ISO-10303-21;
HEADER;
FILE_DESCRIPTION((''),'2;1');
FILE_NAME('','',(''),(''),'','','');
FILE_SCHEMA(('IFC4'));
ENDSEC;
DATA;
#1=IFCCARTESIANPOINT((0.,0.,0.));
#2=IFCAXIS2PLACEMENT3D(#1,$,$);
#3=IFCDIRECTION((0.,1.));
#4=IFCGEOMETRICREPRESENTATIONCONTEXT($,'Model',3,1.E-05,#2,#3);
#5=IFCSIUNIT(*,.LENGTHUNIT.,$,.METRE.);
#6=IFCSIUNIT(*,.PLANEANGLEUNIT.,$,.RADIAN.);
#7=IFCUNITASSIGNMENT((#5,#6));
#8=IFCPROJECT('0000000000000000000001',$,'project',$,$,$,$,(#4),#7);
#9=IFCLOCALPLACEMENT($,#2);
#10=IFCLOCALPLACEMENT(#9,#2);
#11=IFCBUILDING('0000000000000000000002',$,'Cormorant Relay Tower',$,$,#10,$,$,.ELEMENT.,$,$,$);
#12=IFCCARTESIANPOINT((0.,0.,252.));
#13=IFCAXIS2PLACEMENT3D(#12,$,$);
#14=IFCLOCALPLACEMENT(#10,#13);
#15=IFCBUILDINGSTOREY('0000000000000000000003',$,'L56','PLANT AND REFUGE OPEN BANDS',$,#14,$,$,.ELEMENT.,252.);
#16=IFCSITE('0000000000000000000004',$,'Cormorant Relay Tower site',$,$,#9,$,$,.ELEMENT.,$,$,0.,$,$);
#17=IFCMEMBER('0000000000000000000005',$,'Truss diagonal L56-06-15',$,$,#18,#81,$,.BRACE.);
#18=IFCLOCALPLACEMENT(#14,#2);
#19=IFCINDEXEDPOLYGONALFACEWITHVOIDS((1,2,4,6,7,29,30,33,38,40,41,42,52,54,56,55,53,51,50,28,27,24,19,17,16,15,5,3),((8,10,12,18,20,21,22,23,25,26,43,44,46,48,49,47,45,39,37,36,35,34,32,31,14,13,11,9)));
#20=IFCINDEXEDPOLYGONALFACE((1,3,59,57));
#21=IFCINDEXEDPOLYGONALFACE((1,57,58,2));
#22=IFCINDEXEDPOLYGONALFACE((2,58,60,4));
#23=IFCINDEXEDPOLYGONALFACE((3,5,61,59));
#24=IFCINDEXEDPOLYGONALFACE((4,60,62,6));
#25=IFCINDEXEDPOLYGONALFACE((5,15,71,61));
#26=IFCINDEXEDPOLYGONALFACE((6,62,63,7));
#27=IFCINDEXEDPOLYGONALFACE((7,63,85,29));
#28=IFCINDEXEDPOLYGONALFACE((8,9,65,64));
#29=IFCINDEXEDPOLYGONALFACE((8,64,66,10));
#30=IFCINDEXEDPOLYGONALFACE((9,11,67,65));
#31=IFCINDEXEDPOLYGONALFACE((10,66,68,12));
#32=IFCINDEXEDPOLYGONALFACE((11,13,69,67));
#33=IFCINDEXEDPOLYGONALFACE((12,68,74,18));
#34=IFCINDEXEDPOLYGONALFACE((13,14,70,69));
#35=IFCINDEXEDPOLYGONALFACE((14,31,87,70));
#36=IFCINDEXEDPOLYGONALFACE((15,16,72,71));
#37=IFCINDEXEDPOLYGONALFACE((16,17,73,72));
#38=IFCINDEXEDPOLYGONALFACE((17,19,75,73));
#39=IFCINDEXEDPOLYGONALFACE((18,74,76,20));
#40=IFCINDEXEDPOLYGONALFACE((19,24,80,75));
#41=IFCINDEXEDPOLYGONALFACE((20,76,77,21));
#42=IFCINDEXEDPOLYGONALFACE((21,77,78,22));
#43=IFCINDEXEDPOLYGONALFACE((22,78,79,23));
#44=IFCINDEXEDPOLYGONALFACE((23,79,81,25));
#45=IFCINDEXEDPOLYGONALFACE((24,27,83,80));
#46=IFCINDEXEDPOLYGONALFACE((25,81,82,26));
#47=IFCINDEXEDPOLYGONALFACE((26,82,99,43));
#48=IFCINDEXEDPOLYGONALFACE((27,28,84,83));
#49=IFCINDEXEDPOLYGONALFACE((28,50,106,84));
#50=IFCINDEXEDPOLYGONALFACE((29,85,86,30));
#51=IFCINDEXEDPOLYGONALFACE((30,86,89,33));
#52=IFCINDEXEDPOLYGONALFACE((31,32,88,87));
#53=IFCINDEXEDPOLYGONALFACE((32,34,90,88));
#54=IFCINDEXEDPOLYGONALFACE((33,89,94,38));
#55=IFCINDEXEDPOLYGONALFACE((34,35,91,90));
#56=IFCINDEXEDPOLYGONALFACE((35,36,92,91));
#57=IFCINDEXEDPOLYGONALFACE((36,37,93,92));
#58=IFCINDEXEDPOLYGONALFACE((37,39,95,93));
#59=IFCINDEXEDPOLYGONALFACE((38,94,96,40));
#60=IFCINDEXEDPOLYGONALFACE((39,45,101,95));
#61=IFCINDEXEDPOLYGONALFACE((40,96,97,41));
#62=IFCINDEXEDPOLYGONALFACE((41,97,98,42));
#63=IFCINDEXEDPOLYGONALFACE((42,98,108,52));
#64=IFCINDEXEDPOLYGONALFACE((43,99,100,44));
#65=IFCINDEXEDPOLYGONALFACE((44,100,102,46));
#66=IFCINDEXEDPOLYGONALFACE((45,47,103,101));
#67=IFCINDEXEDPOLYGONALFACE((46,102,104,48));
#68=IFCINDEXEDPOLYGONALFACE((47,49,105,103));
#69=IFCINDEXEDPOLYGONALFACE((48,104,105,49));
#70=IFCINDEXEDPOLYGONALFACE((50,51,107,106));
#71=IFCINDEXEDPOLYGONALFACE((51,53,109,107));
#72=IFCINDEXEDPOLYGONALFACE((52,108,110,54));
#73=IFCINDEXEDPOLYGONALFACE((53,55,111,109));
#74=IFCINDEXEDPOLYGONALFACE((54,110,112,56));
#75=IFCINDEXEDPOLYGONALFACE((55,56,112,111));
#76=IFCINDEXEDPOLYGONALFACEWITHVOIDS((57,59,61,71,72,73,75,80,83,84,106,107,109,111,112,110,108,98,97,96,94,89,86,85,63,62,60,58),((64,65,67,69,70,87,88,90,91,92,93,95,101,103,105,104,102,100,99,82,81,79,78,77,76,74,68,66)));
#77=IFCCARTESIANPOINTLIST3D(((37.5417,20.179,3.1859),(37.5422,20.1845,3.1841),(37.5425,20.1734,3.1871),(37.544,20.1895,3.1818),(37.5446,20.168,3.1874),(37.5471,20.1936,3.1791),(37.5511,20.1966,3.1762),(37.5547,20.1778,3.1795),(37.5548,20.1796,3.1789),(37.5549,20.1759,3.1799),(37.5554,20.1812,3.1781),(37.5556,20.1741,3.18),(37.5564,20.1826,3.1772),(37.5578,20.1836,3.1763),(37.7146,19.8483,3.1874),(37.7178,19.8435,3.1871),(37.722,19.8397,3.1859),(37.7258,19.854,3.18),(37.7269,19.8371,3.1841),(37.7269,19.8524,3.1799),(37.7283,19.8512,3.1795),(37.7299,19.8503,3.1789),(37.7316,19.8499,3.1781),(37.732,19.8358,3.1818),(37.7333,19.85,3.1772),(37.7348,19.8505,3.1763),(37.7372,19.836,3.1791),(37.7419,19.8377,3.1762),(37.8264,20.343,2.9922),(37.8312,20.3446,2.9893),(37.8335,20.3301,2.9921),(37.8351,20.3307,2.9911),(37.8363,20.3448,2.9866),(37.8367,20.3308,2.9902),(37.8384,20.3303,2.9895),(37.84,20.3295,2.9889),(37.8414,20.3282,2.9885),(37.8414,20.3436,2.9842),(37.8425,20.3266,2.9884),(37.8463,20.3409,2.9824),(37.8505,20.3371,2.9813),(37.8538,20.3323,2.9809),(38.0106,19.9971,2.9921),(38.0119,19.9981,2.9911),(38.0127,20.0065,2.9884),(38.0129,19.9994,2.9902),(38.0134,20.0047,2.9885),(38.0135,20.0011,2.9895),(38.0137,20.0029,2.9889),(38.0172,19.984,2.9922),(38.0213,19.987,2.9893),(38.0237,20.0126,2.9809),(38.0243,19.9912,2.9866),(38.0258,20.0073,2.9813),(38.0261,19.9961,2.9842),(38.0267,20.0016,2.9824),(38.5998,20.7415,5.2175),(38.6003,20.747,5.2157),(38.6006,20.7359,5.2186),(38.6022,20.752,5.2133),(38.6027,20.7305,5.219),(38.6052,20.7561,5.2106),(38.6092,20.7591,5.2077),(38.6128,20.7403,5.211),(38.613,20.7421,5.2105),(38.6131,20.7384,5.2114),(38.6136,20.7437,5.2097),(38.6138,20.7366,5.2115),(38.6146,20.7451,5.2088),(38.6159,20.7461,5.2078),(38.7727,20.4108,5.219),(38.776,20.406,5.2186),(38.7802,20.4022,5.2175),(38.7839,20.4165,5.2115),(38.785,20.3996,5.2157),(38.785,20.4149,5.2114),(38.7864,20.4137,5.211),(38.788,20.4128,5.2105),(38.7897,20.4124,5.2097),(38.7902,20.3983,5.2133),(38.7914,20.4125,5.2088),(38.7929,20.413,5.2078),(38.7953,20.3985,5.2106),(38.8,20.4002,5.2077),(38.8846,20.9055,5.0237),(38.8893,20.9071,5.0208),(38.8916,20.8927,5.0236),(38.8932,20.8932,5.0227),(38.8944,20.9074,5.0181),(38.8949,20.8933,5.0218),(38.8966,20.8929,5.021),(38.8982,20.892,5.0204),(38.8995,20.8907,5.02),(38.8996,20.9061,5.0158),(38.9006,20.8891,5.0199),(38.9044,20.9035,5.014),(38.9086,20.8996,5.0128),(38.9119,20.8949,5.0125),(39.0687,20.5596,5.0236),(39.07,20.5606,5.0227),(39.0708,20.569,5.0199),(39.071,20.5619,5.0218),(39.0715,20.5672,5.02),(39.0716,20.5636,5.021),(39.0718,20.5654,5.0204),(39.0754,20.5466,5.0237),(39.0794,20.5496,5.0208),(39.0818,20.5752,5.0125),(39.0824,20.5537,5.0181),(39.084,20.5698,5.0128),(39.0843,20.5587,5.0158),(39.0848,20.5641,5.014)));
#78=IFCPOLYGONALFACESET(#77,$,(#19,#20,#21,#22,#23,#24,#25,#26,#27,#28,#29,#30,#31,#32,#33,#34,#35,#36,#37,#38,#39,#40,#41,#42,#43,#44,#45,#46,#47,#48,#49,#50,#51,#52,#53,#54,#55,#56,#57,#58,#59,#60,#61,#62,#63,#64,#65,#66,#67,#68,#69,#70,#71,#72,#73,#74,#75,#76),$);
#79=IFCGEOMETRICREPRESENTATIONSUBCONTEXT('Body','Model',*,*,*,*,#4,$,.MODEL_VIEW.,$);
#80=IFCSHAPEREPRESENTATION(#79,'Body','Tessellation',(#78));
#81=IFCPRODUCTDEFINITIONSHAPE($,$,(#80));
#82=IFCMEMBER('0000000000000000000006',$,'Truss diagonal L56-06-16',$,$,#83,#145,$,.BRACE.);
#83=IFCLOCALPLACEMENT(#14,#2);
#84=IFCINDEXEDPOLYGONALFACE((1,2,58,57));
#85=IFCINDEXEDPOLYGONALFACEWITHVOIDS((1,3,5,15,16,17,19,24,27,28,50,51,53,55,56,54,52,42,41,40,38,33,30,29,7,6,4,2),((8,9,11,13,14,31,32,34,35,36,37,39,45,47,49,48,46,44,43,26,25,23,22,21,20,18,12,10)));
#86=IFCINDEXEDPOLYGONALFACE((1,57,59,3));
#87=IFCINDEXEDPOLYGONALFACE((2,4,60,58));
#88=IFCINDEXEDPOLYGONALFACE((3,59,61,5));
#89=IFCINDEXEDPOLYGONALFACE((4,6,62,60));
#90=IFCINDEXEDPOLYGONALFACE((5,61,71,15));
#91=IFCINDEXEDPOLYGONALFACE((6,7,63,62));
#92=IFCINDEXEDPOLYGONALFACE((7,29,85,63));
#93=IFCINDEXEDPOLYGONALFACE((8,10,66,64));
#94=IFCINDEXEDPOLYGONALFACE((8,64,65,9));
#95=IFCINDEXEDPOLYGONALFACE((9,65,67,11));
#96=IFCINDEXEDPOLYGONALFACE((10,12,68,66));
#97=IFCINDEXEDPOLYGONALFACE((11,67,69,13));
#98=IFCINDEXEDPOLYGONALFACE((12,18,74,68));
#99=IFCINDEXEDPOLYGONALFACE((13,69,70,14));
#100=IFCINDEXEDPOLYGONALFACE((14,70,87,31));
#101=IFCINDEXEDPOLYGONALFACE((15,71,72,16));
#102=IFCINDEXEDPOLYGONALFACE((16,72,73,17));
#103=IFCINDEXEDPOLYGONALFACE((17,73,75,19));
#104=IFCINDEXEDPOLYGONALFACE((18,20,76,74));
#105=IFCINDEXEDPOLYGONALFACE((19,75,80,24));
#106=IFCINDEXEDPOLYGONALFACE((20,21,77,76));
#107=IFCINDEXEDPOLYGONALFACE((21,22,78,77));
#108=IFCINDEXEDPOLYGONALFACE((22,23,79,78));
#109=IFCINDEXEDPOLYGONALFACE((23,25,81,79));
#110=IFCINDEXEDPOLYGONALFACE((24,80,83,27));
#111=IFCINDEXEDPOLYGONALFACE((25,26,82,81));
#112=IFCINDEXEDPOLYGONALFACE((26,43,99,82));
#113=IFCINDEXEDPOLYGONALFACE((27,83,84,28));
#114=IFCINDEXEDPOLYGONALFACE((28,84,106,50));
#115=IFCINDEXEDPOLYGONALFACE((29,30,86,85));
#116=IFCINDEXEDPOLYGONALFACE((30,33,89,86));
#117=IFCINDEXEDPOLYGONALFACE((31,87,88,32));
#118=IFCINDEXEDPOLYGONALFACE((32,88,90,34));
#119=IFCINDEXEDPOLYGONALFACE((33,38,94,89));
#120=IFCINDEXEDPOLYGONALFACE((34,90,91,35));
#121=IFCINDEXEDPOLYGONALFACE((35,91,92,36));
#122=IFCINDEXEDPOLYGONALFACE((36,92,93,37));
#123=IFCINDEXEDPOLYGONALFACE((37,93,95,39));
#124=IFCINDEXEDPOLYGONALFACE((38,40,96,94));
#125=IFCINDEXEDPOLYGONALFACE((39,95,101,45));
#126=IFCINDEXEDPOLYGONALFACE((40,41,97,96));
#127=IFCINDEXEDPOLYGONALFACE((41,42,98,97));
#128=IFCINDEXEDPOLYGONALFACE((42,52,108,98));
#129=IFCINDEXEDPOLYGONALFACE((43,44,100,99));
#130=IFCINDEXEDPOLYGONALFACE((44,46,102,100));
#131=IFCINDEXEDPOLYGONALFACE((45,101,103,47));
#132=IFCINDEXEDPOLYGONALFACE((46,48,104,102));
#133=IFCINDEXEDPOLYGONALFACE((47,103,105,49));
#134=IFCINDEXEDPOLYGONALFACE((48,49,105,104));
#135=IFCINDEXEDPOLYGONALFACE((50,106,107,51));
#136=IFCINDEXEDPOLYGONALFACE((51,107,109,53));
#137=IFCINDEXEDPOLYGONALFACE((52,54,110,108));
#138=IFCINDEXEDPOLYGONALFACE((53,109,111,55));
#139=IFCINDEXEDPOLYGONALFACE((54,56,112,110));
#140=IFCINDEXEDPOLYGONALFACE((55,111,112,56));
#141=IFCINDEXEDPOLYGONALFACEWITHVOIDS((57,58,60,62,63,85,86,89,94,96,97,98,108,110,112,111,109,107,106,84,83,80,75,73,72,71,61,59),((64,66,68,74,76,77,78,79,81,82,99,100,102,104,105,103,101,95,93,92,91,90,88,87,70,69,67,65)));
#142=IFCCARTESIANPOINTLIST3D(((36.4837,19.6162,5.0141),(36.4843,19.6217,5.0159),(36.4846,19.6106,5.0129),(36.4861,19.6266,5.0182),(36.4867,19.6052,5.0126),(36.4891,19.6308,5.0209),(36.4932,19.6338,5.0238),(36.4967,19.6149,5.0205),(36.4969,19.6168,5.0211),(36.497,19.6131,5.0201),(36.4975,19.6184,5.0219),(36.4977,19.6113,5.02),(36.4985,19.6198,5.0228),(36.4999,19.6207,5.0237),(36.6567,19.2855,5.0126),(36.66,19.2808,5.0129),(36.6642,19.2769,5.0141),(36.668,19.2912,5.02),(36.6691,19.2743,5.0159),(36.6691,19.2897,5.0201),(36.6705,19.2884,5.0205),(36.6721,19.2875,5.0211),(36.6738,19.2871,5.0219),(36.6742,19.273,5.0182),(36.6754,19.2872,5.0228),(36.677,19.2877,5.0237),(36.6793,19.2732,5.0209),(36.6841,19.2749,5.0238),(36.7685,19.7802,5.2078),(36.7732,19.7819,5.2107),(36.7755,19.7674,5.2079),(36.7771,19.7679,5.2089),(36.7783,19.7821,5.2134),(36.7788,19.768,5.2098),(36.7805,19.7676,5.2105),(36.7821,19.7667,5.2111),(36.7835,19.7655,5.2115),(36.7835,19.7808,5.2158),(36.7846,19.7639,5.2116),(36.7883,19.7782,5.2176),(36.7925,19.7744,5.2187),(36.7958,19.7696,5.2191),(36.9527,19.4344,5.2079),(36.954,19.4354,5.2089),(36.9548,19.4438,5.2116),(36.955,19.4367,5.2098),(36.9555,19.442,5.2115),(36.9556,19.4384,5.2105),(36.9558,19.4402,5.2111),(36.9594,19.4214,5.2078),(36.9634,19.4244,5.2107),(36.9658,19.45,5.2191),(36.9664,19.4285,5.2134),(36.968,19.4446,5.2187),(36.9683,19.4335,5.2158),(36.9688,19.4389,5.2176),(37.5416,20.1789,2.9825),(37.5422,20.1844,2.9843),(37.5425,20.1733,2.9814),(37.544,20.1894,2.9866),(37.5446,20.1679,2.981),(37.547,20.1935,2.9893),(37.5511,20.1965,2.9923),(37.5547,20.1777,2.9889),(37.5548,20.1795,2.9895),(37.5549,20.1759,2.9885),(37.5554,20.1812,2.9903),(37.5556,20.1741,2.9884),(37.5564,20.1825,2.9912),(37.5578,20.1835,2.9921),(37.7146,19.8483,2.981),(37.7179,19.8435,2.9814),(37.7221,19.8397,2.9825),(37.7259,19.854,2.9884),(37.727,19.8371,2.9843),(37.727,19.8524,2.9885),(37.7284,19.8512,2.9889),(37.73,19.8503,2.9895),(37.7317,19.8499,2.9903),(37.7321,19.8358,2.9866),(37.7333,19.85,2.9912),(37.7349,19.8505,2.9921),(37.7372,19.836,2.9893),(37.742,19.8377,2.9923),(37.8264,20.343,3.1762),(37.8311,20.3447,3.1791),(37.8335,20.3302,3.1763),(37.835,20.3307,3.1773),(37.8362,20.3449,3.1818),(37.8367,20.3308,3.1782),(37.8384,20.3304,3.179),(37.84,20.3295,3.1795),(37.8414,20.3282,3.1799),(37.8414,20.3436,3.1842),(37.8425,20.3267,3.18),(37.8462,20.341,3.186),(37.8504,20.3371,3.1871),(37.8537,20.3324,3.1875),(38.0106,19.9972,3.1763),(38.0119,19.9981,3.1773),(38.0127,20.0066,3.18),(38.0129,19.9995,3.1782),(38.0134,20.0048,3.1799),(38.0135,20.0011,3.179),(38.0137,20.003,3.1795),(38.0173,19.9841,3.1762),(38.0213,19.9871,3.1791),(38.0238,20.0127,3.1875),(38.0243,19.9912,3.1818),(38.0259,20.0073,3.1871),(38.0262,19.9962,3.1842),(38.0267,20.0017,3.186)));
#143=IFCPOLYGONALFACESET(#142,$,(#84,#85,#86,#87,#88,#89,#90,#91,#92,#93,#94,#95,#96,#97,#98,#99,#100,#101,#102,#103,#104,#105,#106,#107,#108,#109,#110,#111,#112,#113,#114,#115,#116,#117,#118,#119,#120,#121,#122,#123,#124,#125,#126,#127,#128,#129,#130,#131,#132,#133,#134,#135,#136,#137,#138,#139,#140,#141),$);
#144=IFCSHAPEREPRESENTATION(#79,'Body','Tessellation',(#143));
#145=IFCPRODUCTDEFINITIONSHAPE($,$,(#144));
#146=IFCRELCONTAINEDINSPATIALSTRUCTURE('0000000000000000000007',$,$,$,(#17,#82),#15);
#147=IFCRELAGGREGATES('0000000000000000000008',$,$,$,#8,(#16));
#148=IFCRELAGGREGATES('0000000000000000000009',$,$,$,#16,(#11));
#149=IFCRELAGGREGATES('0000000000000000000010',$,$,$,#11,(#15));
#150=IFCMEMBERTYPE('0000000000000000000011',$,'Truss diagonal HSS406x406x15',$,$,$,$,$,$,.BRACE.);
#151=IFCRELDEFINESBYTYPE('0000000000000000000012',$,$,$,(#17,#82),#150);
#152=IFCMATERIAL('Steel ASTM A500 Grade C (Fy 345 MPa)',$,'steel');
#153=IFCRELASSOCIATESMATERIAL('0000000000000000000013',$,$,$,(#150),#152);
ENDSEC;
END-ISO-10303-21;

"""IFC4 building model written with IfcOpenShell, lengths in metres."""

from ifc_helpers import new_model, si_unit, direction, frame, origin, origin_2d, place, context, subcontext, project, spatial, hollow_rectangle, extrude, material, material_profile, profile_set, type_object, element, save


model = new_model("IFC4")

# Units and contexts
model_context = context("Model", 3, precision=1e-05, world=origin(), true_north=direction((0.0, 1.0)))
body_context = subcontext(model_context, "Body", "Model", "MODEL_VIEW")
ifc_project = project(units=[si_unit("LENGTHUNIT", "METRE"), si_unit("PLANEANGLEUNIT", "RADIAN")], contexts=[model_context])

# Site, building, storey
site_placement = place(None, origin())
site = spatial("IfcSite", under=ifc_project, at=site_placement, Name="Cormorant Relay Tower site", CompositionType="ELEMENT", RefElevation=0.0)
building_placement = place(site_placement, origin())
building = spatial("IfcBuilding", under=site, at=building_placement, Name="Cormorant Relay Tower", CompositionType="ELEMENT")
storey_placement = place(building_placement, frame((0.0, 0.0, 252.0)))
storey = spatial("IfcBuildingStorey", under=building, at=storey_placement, Name="L56", Description="PLANT AND REFUGE OPEN BANDS", CompositionType="ELEMENT", Elevation=252.0)

# Members
ifc_material_1 = material(Name="Steel ASTM A500 Grade C (Fy 345 MPa)", Category="steel")
ifc_material_profile_1 = material_profile(ifc_material_1, hollow_rectangle(XDim=0.4065, YDim=0.4065, WallThickness=0.0146, InnerFilletRadius=0.0073, OuterFilletRadius=0.0222, at=origin_2d()), Name="HSS406x406x15")
ifc_profile_set_1 = profile_set([ifc_material_profile_1], Name="Steel ASTM A500 Grade C (Fy 345 MPa)")
member_type_1 = type_object("IfcMemberType", Name="Truss diagonal HSS406x406x15", PredefinedType="BRACE", material=ifc_profile_set_1)
for number, where, z_axis, x_axis, name in (
    (1, (38.8423, 20.6528, 5.1157), (-0.448617, -0.23849, -0.861316), (0.469403, -0.882984, 0.0), "Truss diagonal L56-06-15"),
    (2, (37.7842, 20.0903, 3.0842), (-0.448523, -0.238598, 0.861335), (0.469647, -0.882854, 0.0), "Truss diagonal L56-06-16"),
):
    element("IfcMember", number, at=place(storey_placement, frame(where, z_axis=z_axis, x_axis=x_axis)), inside=storey, type_object=member_type_1, Name=name, PredefinedType="BRACE", context=body_context, shape_type="SweptSolid", body=[
        extrude(hollow_rectangle(XDim=0.4065, YDim=0.4065, WallThickness=0.0146, InnerFilletRadius=0.0073, OuterFilletRadius=0.0222, at=origin_2d()), origin(), (0.0, 0.0, 1.0), 2.3586),
    ])

save(model, "model.ifc")
